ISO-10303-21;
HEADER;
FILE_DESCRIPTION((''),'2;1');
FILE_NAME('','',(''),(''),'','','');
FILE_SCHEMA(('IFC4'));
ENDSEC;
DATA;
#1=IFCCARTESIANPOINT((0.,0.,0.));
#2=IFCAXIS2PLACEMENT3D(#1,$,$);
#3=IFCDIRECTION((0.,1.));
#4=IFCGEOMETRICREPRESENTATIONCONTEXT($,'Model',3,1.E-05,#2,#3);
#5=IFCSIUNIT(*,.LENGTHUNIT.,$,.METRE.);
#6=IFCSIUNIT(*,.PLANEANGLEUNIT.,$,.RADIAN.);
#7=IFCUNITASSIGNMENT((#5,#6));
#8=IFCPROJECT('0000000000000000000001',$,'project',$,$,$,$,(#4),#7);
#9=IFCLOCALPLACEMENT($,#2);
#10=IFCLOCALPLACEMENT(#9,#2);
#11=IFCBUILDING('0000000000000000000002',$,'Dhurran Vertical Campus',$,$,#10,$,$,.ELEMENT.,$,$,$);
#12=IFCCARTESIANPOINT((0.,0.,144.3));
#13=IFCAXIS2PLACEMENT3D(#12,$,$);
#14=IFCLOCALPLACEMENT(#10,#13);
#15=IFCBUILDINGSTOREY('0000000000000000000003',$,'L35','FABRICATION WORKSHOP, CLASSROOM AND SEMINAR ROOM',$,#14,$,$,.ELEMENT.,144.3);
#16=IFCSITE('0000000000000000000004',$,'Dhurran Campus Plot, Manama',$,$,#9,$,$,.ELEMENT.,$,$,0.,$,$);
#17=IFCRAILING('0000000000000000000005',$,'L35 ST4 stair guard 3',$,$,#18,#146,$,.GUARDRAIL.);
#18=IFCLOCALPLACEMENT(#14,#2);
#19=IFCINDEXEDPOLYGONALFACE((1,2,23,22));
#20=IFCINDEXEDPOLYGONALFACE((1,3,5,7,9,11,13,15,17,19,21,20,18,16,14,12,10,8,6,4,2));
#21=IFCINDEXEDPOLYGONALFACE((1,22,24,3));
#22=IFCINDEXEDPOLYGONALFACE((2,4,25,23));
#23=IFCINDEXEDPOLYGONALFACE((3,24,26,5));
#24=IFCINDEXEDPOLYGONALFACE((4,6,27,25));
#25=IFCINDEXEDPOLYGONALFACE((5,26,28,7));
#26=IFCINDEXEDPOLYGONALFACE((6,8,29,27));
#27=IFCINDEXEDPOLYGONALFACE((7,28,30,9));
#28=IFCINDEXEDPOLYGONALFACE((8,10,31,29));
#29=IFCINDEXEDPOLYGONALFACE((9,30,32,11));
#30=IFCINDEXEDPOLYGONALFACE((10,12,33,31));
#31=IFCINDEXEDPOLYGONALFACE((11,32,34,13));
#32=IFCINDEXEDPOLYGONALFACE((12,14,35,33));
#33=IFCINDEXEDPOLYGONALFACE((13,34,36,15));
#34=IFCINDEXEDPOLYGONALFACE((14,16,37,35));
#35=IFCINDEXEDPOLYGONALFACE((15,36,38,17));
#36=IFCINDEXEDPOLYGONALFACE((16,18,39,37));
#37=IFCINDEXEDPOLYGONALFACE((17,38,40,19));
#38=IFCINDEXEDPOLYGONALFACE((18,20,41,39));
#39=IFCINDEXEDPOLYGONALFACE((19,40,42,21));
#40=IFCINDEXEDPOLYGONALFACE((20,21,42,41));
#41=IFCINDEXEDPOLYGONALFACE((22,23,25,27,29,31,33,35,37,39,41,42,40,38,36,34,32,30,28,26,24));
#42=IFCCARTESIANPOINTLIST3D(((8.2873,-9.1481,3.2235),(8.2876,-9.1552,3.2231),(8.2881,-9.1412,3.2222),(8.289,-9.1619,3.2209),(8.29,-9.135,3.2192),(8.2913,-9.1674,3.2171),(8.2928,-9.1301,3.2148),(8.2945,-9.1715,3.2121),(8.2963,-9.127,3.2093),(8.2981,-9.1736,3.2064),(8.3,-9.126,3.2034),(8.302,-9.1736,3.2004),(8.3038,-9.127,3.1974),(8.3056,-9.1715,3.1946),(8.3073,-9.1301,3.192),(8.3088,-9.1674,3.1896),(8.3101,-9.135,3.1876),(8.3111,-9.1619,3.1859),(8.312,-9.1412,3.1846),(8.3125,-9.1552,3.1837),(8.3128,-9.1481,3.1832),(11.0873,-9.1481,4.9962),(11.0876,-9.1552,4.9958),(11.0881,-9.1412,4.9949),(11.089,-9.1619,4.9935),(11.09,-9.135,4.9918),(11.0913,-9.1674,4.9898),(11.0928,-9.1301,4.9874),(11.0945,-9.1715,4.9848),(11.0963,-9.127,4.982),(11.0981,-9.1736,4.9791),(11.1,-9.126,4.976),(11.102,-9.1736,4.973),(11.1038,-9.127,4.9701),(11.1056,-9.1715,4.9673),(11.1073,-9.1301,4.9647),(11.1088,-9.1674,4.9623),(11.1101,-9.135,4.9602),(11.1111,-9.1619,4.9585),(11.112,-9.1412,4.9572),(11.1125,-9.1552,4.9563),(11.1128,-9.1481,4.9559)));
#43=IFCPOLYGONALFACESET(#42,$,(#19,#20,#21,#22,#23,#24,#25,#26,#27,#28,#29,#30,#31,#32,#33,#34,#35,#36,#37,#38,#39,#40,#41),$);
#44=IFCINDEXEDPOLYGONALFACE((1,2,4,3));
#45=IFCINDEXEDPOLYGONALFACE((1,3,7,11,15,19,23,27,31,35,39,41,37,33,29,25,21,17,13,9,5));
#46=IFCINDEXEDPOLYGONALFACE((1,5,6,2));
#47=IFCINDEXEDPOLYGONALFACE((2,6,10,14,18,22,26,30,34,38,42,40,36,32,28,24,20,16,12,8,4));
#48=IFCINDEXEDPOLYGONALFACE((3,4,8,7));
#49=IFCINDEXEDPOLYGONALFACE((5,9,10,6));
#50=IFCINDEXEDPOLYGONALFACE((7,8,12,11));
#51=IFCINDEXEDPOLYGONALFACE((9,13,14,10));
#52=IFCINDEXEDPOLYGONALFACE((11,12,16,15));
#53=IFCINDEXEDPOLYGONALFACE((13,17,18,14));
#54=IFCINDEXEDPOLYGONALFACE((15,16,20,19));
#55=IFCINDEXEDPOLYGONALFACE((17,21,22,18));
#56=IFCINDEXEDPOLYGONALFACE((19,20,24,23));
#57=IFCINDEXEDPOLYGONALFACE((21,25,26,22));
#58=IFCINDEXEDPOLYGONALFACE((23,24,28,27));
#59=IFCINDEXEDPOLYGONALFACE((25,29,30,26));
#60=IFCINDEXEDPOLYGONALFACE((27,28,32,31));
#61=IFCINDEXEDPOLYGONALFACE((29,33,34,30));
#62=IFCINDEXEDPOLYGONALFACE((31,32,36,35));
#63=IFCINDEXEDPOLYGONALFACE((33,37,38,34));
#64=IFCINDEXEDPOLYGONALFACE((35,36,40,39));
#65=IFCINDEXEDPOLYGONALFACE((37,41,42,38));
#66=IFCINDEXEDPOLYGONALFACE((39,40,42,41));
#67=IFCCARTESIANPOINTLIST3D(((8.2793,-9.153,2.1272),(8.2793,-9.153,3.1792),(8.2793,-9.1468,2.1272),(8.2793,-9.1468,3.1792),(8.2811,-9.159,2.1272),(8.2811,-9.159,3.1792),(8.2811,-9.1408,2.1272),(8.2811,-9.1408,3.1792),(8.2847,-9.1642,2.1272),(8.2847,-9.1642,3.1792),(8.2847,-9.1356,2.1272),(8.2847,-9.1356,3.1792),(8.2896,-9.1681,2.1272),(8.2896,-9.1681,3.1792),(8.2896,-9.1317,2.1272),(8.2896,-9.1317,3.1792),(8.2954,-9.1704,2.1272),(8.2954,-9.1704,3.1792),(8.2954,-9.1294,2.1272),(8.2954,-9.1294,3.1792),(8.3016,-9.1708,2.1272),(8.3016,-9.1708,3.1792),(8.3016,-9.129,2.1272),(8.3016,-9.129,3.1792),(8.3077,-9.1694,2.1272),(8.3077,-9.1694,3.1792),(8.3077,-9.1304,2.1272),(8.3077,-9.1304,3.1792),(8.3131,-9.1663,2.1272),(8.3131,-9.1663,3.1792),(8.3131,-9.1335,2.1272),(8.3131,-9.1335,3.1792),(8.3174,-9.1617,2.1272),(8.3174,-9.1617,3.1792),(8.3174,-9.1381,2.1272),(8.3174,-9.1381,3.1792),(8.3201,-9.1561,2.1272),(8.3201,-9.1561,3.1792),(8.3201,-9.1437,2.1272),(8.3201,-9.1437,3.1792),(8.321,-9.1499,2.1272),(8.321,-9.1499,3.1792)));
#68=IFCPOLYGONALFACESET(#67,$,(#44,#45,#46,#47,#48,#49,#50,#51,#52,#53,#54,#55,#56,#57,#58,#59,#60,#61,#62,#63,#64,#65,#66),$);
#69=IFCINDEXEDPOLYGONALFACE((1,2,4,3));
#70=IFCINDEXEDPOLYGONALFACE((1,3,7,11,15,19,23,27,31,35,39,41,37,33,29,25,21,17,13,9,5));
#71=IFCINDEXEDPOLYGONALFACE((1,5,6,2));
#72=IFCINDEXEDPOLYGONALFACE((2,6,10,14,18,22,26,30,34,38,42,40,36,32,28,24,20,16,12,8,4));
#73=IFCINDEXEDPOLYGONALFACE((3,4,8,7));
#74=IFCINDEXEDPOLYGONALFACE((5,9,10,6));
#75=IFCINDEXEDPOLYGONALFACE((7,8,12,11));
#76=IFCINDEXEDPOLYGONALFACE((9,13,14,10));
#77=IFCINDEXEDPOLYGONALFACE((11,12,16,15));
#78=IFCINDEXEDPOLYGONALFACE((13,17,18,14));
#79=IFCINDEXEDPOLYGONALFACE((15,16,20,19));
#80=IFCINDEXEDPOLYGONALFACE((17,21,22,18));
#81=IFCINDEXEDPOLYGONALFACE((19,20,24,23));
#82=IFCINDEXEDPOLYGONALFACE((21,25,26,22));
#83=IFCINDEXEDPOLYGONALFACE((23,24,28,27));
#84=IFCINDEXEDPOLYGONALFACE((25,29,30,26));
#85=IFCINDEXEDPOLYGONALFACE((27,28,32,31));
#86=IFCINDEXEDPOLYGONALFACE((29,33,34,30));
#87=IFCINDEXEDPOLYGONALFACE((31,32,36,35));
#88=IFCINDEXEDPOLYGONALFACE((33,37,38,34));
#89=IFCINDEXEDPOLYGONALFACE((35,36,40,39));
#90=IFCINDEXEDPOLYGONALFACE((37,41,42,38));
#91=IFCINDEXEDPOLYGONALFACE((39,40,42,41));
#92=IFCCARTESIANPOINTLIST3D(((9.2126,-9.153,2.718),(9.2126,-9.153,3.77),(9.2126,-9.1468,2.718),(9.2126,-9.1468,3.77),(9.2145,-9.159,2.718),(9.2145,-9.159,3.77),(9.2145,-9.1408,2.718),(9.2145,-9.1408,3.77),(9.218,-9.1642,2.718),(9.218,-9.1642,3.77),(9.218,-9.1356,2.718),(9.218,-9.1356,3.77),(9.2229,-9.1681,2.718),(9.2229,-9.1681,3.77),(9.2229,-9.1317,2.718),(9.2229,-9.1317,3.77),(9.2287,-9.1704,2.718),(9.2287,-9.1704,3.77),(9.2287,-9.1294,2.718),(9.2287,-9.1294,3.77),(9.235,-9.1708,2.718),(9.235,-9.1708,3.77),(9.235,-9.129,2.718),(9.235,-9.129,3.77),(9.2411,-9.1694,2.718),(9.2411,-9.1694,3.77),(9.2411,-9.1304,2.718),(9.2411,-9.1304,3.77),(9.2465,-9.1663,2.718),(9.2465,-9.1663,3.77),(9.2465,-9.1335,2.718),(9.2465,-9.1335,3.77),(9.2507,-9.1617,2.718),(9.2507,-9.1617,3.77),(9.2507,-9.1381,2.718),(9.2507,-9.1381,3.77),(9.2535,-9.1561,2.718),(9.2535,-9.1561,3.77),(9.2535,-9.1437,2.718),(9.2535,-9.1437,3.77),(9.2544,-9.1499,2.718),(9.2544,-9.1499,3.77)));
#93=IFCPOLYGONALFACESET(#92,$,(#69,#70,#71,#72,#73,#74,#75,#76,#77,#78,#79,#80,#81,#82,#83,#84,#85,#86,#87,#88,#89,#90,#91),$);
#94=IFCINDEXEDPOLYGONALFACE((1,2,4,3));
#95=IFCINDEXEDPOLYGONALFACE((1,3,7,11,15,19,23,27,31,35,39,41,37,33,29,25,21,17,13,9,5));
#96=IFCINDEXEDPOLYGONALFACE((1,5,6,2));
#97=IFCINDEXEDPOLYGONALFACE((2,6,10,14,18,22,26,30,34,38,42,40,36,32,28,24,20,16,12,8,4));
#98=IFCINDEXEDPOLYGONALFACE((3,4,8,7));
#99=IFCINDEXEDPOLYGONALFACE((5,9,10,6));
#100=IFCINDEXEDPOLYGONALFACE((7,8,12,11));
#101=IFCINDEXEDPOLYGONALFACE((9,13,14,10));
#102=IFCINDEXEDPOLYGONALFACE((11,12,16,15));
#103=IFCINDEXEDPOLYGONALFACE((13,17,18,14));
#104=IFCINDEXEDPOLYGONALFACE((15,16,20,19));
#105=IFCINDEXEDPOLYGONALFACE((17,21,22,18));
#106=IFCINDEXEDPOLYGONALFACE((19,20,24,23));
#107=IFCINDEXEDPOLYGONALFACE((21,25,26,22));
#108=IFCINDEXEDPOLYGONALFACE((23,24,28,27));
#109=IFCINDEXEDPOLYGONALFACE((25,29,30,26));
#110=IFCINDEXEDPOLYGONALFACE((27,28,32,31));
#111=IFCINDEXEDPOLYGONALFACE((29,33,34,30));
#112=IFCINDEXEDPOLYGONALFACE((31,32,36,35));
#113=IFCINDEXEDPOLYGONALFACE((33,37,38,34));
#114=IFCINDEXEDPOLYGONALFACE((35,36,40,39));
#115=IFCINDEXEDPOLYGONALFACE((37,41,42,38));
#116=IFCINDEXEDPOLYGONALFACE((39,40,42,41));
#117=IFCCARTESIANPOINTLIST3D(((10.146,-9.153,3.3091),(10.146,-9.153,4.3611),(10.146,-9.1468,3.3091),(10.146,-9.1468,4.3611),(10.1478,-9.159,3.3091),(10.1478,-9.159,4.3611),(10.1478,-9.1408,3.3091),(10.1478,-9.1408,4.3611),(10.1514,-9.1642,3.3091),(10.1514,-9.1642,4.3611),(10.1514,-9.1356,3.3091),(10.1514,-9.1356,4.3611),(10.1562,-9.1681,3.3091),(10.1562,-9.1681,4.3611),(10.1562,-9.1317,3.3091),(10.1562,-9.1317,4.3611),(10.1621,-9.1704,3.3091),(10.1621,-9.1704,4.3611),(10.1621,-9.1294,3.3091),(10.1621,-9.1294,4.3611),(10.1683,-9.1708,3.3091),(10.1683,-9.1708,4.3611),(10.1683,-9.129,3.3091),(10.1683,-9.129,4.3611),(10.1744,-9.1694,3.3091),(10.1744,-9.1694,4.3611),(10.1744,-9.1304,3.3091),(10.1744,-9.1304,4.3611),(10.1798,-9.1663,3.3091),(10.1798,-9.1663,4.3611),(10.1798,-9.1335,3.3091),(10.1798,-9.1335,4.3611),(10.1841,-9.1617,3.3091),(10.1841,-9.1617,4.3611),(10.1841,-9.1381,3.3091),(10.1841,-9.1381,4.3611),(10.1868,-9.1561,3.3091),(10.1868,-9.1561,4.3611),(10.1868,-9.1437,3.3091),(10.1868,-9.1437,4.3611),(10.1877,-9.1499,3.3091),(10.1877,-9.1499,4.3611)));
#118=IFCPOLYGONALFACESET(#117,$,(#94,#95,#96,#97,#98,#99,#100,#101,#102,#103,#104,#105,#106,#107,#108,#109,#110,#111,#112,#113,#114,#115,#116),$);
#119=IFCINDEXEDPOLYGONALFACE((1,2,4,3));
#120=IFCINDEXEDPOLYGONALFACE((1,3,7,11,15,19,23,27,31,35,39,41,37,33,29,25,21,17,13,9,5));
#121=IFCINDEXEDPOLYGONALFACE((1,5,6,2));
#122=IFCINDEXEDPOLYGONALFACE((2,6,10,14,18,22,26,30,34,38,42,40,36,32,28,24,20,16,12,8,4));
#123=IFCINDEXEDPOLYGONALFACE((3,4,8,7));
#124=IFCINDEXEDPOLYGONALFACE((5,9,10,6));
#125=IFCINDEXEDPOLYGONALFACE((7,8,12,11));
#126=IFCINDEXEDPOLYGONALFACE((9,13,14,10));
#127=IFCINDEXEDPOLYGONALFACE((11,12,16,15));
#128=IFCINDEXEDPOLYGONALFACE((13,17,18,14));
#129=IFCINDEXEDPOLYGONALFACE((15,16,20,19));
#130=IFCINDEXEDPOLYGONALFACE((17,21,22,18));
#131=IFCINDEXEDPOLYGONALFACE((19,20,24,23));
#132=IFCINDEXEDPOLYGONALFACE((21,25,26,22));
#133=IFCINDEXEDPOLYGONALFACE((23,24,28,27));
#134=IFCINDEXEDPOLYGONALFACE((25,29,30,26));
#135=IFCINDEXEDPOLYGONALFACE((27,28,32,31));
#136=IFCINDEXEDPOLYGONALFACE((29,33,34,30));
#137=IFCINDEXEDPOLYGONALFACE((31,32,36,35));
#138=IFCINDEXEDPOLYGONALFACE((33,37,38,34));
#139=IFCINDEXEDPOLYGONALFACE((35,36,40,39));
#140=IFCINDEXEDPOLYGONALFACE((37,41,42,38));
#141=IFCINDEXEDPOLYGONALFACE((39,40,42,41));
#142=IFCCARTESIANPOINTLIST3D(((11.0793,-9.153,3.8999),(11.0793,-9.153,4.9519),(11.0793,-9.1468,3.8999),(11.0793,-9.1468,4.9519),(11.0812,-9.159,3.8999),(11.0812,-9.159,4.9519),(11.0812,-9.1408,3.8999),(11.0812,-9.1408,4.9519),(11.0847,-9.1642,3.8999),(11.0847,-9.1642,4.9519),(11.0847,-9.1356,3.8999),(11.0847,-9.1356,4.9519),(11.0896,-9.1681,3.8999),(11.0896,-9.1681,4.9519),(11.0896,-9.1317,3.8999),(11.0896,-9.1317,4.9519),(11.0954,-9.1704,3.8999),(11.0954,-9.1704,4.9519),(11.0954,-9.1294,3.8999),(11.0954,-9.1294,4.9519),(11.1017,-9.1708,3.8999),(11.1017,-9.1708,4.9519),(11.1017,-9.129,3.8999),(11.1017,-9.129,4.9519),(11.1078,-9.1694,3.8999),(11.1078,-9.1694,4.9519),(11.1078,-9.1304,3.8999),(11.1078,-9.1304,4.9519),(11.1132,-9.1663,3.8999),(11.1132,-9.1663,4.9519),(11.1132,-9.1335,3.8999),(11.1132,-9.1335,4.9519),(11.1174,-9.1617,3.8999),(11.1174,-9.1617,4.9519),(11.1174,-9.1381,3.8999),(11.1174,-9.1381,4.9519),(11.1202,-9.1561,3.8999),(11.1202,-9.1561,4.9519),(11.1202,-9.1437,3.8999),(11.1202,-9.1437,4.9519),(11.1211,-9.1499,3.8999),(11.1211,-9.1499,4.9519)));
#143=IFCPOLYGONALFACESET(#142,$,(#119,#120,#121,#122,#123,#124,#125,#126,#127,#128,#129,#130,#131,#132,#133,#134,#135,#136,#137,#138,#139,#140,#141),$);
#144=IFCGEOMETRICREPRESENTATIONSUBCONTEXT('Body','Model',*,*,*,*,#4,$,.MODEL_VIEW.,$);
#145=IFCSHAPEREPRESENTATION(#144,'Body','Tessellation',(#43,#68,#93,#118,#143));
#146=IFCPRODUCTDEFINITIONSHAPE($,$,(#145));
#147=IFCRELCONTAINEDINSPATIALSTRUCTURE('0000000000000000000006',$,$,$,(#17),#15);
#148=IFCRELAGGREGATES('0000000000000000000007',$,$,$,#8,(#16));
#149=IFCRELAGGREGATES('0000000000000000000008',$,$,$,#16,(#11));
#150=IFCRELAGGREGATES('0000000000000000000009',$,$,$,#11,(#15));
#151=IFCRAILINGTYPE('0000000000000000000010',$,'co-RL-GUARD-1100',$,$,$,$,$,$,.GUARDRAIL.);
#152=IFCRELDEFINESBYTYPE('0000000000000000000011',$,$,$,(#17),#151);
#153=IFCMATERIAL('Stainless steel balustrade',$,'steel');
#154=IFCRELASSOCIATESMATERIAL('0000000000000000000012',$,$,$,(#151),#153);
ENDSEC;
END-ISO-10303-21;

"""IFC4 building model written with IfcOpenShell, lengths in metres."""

from ifc_helpers import new_model, si_unit, direction, frame, origin, origin_2d, place, context, subcontext, project, spatial, circle, extrude, material, type_object, element, save


model = new_model("IFC4")

# Units and contexts
model_context = context("Model", 3, precision=1e-05, world=origin(), true_north=direction((0.0, 1.0)))
body_context = subcontext(model_context, "Body", "Model", "MODEL_VIEW")
ifc_project = project(units=[si_unit("LENGTHUNIT", "METRE"), si_unit("PLANEANGLEUNIT", "RADIAN")], contexts=[model_context])

# Site, building, storey
site_placement = place(None, origin())
site = spatial("IfcSite", under=ifc_project, at=site_placement, Name="Dhurran Campus Plot, Manama", CompositionType="ELEMENT", RefElevation=0.0)
building_placement = place(site_placement, origin())
building = spatial("IfcBuilding", under=site, at=building_placement, Name="Dhurran Vertical Campus", CompositionType="ELEMENT")
storey_placement = place(building_placement, frame((0.0, 0.0, 144.3)))
storey = spatial("IfcBuildingStorey", under=building, at=storey_placement, Name="L35", Description="FABRICATION WORKSHOP, CLASSROOM AND SEMINAR ROOM", CompositionType="ELEMENT", Elevation=144.3)

# Railing
ifc_material_1 = material(Name="Stainless steel balustrade", Category="steel")
railing_type_1 = type_object("IfcRailingType", Name="co-RL-GUARD-1100", PredefinedType="GUARDRAIL", material=ifc_material_1)
railing_1_placement = place(storey_placement, frame((8.3, -9.1499, 2.1272)))
element("IfcRailing", 1, at=railing_1_placement, inside=storey, type_object=railing_type_1, Name="L35 ST4 stair guard 3", PredefinedType="GUARDRAIL", context=body_context, shape_type="SweptSolid", body=[
    extrude(circle(Radius=0.0239, at=origin_2d()), frame((0.0, 0.0, 1.0762), z_axis=(0.844909, 0.0, 0.53491), x_axis=(0.0, 1.0, 0.0)), (0.0, 0.0, 1.0), 3.314),
    extrude(circle(Radius=0.021, at=origin_2d()), origin(), (0.0, 0.0, 1.0), 1.052),
    extrude(circle(Radius=0.021, at=origin_2d()), frame((0.9333, 0.0, 0.5908)), (0.0, 0.0, 1.0), 1.052),
    extrude(circle(Radius=0.021, at=origin_2d()), frame((1.8667, 0.0, 1.1819)), (0.0, 0.0, 1.0), 1.052),
    extrude(circle(Radius=0.021, at=origin_2d()), frame((2.8, 0.0, 1.7727)), (0.0, 0.0, 1.0), 1.052),
])

save(model, "model.ifc")
